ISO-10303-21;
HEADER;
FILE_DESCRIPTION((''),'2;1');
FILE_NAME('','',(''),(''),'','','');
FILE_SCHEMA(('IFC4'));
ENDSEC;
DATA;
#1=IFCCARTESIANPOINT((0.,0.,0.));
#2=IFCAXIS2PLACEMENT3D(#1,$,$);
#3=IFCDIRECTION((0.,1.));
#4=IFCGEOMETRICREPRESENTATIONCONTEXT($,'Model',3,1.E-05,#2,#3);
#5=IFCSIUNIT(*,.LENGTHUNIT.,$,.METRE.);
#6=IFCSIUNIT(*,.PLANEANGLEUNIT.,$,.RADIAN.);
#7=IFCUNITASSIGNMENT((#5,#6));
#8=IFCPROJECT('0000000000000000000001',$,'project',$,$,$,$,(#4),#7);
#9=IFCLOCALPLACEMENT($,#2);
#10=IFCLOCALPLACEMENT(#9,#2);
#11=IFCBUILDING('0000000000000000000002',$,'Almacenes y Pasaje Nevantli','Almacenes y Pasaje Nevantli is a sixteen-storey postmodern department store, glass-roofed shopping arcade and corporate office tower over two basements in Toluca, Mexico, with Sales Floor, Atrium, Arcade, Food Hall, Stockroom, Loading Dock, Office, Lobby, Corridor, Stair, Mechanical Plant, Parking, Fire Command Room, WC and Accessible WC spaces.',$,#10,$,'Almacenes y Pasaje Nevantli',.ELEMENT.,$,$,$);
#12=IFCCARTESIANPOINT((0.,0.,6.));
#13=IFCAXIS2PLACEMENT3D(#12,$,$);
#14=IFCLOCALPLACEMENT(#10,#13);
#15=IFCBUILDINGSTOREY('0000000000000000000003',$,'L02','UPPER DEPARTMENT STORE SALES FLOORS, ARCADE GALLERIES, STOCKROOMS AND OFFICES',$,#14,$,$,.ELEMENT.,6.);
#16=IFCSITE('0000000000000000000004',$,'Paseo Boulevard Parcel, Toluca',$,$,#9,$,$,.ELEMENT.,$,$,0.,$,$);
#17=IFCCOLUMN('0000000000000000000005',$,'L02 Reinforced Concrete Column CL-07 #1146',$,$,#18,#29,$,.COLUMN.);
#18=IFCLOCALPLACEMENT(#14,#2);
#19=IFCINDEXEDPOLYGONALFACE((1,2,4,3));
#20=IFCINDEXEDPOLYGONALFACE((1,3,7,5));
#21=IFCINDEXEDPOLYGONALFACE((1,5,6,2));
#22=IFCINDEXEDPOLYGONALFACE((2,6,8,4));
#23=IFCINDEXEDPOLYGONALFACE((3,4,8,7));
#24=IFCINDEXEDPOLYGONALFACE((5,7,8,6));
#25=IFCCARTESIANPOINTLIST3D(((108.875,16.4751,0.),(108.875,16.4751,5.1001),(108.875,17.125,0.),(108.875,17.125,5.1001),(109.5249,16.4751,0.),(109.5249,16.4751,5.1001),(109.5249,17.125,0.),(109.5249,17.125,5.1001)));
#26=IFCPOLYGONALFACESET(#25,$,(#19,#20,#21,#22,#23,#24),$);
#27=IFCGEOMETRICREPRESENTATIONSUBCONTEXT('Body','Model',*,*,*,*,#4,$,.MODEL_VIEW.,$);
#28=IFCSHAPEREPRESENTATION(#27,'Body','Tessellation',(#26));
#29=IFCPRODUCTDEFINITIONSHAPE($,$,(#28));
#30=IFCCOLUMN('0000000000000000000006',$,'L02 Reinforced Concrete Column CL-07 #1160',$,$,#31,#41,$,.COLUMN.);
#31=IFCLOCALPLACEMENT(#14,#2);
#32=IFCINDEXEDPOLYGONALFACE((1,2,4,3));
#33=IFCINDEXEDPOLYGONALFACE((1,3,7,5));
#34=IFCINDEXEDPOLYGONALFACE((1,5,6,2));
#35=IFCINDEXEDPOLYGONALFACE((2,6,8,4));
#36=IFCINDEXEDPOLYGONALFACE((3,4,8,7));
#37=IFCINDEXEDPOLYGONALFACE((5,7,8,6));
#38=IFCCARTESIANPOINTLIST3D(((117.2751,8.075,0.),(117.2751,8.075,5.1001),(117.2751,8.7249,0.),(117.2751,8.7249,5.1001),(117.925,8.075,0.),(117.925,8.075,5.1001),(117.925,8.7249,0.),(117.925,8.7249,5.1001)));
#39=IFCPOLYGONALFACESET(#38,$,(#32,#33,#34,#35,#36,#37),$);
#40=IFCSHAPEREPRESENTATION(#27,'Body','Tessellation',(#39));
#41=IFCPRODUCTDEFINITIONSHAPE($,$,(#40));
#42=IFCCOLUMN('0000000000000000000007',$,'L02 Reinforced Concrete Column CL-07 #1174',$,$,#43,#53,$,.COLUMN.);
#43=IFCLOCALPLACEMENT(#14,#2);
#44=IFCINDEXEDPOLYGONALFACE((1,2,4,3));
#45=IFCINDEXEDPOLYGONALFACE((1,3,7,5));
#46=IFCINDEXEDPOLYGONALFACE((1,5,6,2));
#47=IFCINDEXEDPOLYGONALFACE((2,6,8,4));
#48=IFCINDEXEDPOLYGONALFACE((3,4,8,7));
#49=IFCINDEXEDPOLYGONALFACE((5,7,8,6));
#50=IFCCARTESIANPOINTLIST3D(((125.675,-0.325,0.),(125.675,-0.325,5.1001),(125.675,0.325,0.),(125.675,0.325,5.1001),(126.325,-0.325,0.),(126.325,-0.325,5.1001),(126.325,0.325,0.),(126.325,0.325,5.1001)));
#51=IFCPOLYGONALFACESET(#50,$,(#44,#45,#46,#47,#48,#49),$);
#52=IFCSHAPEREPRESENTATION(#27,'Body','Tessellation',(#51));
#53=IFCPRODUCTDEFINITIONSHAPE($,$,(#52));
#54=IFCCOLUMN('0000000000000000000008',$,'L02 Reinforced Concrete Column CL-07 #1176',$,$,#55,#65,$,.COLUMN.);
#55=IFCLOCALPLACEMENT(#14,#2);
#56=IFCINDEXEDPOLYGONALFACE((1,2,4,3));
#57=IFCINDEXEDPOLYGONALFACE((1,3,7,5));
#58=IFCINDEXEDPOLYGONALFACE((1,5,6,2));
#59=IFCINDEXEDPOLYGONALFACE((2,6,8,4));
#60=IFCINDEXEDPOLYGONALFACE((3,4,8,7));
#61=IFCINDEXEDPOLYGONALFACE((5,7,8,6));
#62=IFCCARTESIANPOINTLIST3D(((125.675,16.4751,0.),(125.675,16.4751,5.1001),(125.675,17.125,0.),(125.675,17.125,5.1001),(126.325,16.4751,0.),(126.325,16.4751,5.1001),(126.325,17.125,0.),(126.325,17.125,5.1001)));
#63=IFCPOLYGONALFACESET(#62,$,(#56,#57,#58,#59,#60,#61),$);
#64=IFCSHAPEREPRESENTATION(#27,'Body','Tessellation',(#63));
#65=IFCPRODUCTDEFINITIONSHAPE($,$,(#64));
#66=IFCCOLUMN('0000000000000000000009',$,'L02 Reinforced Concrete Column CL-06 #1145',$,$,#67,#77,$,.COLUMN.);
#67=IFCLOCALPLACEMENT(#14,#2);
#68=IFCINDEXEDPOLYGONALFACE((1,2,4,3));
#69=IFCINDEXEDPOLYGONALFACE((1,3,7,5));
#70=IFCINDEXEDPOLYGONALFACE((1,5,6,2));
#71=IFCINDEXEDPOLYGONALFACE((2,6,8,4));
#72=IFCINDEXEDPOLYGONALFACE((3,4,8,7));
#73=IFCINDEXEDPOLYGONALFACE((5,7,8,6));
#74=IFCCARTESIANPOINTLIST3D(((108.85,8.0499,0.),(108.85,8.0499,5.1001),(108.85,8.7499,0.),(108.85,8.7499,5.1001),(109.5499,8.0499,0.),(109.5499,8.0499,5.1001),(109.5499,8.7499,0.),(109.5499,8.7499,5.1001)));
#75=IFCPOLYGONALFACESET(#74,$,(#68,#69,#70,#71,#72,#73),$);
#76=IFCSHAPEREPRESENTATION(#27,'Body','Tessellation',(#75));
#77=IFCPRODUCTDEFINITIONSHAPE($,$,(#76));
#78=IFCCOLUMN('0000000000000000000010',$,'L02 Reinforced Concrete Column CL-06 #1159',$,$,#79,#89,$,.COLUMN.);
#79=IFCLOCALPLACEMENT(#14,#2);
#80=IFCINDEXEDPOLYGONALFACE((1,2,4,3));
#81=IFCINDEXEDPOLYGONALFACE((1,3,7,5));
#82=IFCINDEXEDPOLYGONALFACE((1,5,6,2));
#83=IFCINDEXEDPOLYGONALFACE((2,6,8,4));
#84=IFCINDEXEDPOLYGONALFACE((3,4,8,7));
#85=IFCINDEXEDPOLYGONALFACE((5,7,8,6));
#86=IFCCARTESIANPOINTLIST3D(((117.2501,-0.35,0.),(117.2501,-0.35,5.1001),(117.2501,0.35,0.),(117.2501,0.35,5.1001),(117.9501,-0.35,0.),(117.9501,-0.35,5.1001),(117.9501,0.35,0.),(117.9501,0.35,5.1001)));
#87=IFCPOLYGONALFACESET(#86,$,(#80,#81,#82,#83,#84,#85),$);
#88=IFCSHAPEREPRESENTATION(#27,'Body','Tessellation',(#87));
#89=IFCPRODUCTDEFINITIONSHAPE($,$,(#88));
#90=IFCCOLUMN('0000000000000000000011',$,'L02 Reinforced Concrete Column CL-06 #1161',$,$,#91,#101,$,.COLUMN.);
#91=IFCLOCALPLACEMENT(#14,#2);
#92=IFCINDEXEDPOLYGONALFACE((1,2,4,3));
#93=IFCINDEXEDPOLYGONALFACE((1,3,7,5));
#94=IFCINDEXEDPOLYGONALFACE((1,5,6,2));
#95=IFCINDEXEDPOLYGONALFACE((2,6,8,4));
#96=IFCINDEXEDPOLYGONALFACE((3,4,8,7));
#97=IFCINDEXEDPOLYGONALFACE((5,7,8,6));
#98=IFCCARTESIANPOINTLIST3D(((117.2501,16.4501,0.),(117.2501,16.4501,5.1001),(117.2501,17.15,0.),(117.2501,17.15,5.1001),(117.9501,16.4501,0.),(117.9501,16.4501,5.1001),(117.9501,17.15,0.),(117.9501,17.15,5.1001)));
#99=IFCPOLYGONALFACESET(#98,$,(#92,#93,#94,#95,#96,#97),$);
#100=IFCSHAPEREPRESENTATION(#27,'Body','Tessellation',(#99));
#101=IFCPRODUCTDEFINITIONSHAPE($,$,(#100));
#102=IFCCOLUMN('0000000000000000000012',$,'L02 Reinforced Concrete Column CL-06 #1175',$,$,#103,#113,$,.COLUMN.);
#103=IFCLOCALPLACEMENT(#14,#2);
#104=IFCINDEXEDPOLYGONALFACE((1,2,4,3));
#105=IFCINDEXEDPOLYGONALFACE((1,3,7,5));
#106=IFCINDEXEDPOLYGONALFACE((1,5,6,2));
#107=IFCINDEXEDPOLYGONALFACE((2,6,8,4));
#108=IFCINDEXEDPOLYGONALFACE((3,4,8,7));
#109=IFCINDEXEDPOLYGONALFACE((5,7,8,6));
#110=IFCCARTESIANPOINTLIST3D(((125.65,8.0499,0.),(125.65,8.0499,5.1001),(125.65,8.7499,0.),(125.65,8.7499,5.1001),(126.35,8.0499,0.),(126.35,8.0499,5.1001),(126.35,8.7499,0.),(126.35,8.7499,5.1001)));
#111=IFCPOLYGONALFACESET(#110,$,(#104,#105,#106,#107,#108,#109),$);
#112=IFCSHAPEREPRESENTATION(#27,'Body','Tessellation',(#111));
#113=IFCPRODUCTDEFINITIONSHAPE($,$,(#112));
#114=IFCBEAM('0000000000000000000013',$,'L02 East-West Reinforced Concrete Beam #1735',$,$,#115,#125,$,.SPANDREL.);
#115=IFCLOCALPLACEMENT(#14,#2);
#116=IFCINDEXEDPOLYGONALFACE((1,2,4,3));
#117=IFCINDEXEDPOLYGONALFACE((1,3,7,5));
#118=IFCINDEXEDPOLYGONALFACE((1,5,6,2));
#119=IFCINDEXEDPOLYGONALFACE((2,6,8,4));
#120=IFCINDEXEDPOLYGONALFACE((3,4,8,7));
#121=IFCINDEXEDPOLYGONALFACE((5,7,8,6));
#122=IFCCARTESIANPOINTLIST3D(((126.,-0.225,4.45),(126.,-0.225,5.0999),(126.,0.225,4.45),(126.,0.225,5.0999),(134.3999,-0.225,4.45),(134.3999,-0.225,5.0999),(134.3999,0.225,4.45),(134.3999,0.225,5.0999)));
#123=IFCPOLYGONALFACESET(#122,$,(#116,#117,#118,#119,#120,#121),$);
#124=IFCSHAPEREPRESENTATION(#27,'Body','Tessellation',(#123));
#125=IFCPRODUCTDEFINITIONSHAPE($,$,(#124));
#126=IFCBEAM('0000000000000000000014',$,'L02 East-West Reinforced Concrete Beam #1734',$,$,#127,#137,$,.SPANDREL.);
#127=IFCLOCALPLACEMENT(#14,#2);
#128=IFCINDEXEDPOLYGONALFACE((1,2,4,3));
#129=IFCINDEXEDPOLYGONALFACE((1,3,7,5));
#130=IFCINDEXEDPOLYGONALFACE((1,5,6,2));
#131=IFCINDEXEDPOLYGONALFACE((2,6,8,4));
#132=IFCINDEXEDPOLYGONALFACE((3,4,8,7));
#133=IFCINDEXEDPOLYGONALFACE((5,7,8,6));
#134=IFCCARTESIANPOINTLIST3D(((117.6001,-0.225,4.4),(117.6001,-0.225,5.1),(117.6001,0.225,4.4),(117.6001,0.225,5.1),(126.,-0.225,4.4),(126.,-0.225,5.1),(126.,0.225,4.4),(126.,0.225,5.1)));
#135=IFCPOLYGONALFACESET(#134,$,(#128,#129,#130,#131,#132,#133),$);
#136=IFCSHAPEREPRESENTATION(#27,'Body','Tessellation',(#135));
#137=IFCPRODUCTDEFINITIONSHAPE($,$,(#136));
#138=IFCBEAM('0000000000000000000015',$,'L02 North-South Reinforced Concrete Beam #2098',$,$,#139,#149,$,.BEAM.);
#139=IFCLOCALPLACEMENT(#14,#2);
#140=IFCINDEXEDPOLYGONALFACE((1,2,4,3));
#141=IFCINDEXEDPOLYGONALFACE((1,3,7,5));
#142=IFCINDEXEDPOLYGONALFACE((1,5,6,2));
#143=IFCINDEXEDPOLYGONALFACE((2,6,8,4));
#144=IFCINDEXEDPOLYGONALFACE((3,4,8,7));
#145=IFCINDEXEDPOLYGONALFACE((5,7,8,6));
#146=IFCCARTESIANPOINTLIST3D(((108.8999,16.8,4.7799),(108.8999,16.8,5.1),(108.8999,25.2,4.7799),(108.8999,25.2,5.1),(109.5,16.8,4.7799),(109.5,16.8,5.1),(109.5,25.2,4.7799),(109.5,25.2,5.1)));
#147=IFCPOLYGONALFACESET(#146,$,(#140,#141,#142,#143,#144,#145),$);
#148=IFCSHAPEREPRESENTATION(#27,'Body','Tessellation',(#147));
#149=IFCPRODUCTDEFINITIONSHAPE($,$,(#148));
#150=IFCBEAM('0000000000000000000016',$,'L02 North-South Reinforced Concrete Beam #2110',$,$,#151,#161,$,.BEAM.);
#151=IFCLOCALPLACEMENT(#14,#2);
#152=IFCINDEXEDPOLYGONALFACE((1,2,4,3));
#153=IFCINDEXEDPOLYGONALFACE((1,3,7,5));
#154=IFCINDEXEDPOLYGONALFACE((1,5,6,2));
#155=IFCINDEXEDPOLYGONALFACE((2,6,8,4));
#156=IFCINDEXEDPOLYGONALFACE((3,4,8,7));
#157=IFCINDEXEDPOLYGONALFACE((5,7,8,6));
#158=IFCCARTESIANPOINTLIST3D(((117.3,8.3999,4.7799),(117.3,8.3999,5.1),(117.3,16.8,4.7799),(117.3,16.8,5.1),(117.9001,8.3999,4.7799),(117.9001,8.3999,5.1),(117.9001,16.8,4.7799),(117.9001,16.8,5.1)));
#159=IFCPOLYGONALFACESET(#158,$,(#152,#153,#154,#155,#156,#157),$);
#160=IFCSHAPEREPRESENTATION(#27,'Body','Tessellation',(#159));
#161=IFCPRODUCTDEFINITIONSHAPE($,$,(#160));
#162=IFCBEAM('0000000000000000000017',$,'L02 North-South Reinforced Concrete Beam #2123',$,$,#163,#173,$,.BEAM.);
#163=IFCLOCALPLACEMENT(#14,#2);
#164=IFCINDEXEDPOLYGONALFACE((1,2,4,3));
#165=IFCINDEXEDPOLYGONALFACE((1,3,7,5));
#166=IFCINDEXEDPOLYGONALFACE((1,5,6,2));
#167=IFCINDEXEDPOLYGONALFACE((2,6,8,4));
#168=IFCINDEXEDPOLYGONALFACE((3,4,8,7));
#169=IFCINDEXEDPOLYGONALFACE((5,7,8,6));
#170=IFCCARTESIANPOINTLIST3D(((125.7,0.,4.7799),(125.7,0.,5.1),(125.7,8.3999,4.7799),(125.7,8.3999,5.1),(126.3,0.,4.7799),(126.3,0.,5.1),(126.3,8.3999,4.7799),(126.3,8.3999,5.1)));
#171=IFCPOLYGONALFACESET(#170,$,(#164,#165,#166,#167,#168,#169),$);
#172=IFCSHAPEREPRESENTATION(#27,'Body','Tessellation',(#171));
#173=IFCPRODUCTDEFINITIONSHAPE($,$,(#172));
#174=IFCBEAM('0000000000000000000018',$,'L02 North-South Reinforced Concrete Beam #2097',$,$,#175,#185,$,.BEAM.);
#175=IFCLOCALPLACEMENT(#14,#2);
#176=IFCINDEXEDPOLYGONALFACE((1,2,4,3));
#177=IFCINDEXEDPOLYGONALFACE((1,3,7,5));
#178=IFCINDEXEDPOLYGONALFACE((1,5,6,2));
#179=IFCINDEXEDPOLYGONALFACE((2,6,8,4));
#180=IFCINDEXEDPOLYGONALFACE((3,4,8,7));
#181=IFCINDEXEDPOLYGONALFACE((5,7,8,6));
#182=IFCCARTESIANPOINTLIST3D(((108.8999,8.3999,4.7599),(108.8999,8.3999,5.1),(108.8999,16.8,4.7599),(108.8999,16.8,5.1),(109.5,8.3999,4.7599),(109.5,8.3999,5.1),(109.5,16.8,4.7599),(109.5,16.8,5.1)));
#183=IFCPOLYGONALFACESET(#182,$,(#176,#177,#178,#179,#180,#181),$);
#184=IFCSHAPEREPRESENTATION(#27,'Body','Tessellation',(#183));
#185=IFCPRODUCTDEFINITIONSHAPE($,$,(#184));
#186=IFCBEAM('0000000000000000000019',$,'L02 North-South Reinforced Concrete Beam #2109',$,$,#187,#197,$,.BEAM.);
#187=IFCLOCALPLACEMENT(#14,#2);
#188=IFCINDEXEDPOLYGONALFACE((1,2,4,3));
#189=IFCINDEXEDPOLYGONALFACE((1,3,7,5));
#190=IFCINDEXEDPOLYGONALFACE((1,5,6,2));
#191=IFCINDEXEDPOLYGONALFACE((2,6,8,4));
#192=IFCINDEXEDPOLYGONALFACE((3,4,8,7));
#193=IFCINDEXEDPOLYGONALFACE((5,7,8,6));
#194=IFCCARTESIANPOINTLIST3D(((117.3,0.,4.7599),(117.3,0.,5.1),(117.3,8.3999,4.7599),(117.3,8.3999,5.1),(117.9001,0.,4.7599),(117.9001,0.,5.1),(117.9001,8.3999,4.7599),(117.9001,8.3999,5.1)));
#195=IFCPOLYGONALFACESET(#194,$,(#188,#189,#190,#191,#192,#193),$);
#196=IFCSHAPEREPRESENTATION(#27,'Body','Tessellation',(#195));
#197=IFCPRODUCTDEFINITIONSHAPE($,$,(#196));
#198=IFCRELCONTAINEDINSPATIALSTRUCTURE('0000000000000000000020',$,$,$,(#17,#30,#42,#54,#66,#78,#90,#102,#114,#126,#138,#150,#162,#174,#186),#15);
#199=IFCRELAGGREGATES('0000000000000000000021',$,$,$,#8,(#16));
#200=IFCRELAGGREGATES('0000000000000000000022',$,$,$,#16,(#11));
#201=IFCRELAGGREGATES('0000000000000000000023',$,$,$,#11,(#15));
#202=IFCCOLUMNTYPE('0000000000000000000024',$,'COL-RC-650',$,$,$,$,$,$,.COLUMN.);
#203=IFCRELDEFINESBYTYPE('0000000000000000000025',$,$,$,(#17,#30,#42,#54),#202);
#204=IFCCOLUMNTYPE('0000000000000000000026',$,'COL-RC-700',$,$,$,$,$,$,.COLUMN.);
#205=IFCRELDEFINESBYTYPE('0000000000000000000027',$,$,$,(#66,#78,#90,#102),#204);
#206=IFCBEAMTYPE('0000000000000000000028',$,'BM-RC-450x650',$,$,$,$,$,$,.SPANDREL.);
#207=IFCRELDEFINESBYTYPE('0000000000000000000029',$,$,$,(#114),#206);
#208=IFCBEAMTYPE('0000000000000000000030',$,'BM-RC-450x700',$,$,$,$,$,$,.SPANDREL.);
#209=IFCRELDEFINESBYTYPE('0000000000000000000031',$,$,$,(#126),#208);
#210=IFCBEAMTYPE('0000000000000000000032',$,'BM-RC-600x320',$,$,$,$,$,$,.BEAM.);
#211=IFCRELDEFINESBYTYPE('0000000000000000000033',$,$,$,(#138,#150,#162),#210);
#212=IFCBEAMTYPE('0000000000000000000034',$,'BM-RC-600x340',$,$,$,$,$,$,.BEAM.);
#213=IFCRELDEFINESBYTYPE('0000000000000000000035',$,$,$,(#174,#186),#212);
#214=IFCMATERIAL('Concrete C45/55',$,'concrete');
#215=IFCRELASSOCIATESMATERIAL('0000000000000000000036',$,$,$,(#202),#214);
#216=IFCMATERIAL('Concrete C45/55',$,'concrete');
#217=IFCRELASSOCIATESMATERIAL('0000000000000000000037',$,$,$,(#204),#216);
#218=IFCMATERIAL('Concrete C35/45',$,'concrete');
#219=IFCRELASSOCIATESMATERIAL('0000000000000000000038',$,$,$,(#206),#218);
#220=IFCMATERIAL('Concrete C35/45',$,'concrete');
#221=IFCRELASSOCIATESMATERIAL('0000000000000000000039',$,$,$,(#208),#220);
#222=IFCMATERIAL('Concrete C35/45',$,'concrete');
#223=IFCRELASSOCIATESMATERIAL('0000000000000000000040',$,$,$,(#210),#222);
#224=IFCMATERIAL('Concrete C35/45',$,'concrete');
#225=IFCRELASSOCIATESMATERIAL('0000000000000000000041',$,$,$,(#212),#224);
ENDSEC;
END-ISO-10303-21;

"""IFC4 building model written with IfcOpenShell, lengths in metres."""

from ifc_helpers import new_model, si_unit, direction, frame, origin, origin_2d, place, context, subcontext, project, spatial, rectangle, extrude, material, material_profile, profile_set, type_object, element, save


model = new_model("IFC4")

# Units and contexts
model_context = context("Model", 3, precision=1e-05, world=origin(), true_north=direction((0.0, 1.0)))
body_context = subcontext(model_context, "Body", "Model", "MODEL_VIEW")
ifc_project = project(units=[si_unit("LENGTHUNIT", "METRE"), si_unit("PLANEANGLEUNIT", "RADIAN")], contexts=[model_context])

# Site, building, storey
site_placement = place(None, origin())
site = spatial("IfcSite", under=ifc_project, at=site_placement, Name="Paseo Boulevard Parcel, Toluca", CompositionType="ELEMENT", RefElevation=0.0)
building_placement = place(site_placement, origin())
building = spatial("IfcBuilding", under=site, at=building_placement, Name="Almacenes y Pasaje Nevantli", Description="Almacenes y Pasaje Nevantli is a sixteen-storey postmodern department store, glass-roofed shopping arcade and corporate office tower over two basements in Toluca, Mexico, with Sales Floor, Atrium, Arcade, Food Hall, Stockroom, Loading Dock, Office, Lobby, Corridor, Stair, Mechanical Plant, Parking, Fire Command Room, WC and Accessible WC spaces.", LongName="Almacenes y Pasaje Nevantli", CompositionType="ELEMENT")
storey_placement = place(building_placement, frame((0.0, 0.0, 6.0)))
storey = spatial("IfcBuildingStorey", under=building, at=storey_placement, Name="L02", Description="UPPER DEPARTMENT STORE SALES FLOORS, ARCADE GALLERIES, STOCKROOMS AND OFFICES", CompositionType="ELEMENT", Elevation=6.0)

# Columns
ifc_material_1 = material(Name="Concrete C45/55", Category="concrete")
ifc_material_profile_1 = material_profile(ifc_material_1, rectangle(XDim=0.6499, YDim=0.6499, at=origin_2d()), Name="RC-COL-650x650")
ifc_profile_set_1 = profile_set([ifc_material_profile_1], Name="Concrete C45/55")
column_type_1 = type_object("IfcColumnType", Name="COL-RC-650", PredefinedType="COLUMN", material=ifc_profile_set_1)
for number, where, z_axis, x_axis, name in (
    (1, (109.2, 16.8, 0.0), (0.0, 0.0, 1.0), (1.0, 0.0, 0.0), "L02 Reinforced Concrete Column CL-07 #1146"),
    (2, (117.6001, 8.3999, 0.0), (0.0, 0.0, 1.0), (1.0, 0.0, 0.0), "L02 Reinforced Concrete Column CL-07 #1160"),
    (3, (126.0, 0.0, 0.0), (0.0, 0.0, 1.0), (1.0, 0.0, 0.0), "L02 Reinforced Concrete Column CL-07 #1174"),
    (4, (126.0, 16.8, 0.0), (0.0, 0.0, 1.0), (1.0, 0.0, 0.0), "L02 Reinforced Concrete Column CL-07 #1176"),
):
    element("IfcColumn", number, at=place(storey_placement, frame(where, z_axis=z_axis, x_axis=x_axis)), inside=storey, type_object=column_type_1, Name=name, PredefinedType="COLUMN", context=body_context, shape_type="SweptSolid", body=[
        extrude(rectangle(XDim=0.6499, YDim=0.6499, at=origin_2d()), origin(), (0.0, 0.0, 1.0), 5.1001),
    ])
ifc_material_2 = material(Name="Concrete C45/55", Category="concrete")
ifc_material_profile_2 = material_profile(ifc_material_2, rectangle(XDim=0.7, YDim=0.7, at=origin_2d()), Name="RC-COL-700x700")
ifc_profile_set_2 = profile_set([ifc_material_profile_2], Name="Concrete C45/55")
column_type_2 = type_object("IfcColumnType", Name="COL-RC-700", PredefinedType="COLUMN", material=ifc_profile_set_2)
for number, where, z_axis, x_axis, name in (
    (5, (109.2, 8.3999, 0.0), (0.0, 0.0, 1.0), (1.0, 0.0, 0.0), "L02 Reinforced Concrete Column CL-06 #1145"),
    (6, (117.6001, 0.0, 0.0), (0.0, 0.0, 1.0), (1.0, 0.0, 0.0), "L02 Reinforced Concrete Column CL-06 #1159"),
    (7, (117.6001, 16.8, 0.0), (0.0, 0.0, 1.0), (1.0, 0.0, 0.0), "L02 Reinforced Concrete Column CL-06 #1161"),
    (8, (126.0, 8.3999, 0.0), (0.0, 0.0, 1.0), (1.0, 0.0, 0.0), "L02 Reinforced Concrete Column CL-06 #1175"),
):
    element("IfcColumn", number, at=place(storey_placement, frame(where, z_axis=z_axis, x_axis=x_axis)), inside=storey, type_object=column_type_2, Name=name, PredefinedType="COLUMN", context=body_context, shape_type="SweptSolid", body=[
        extrude(rectangle(XDim=0.7, YDim=0.7, at=origin_2d()), origin(), (0.0, 0.0, 1.0), 5.1001),
    ])

# Beams
ifc_material_3 = material(Name="Concrete C35/45", Category="concrete")
ifc_material_profile_3 = material_profile(ifc_material_3, rectangle(XDim=0.45, YDim=0.6499, at=origin_2d()), Name="RC-BM-450x650")
ifc_profile_set_3 = profile_set([ifc_material_profile_3], Name="Concrete C35/45")
beam_type_1 = type_object("IfcBeamType", Name="BM-RC-450x650", PredefinedType="SPANDREL", material=ifc_profile_set_3)
beam_1_placement = place(storey_placement, frame((126.0, 0.0, 4.7749), z_axis=(1.0, 0.0, 0.0), x_axis=(0.0, 1.0, 0.0)))
element("IfcBeam", 9, at=beam_1_placement, inside=storey, type_object=beam_type_1, Name="L02 East-West Reinforced Concrete Beam #1735", PredefinedType="SPANDREL", context=body_context, shape_type="SweptSolid", body=[
    extrude(rectangle(XDim=0.45, YDim=0.6499, at=origin_2d()), origin(), (0.0, 0.0, 1.0), 8.3999),
])
ifc_material_4 = material(Name="Concrete C35/45", Category="concrete")
ifc_material_profile_4 = material_profile(ifc_material_4, rectangle(XDim=0.45, YDim=0.7, at=origin_2d()), Name="RC-BM-450x700")
ifc_profile_set_4 = profile_set([ifc_material_profile_4], Name="Concrete C35/45")
beam_type_2 = type_object("IfcBeamType", Name="BM-RC-450x700", PredefinedType="SPANDREL", material=ifc_profile_set_4)
beam_2_placement = place(storey_placement, frame((117.6001, 0.0, 4.75), z_axis=(1.0, 0.0, 0.0), x_axis=(0.0, 1.0, 0.0)))
element("IfcBeam", 10, at=beam_2_placement, inside=storey, type_object=beam_type_2, Name="L02 East-West Reinforced Concrete Beam #1734", PredefinedType="SPANDREL", context=body_context, shape_type="SweptSolid", body=[
    extrude(rectangle(XDim=0.45, YDim=0.7, at=origin_2d()), origin(), (0.0, 0.0, 1.0), 8.3999),
])
ifc_material_5 = material(Name="Concrete C35/45", Category="concrete")
ifc_material_profile_5 = material_profile(ifc_material_5, rectangle(XDim=0.6001, YDim=0.3201, at=origin_2d()), Name="RC-BM-600x320")
ifc_profile_set_5 = profile_set([ifc_material_profile_5], Name="Concrete C35/45")
beam_type_3 = type_object("IfcBeamType", Name="BM-RC-600x320", PredefinedType="BEAM", material=ifc_profile_set_5)
beam_3_placement = place(storey_placement, frame((109.2, 16.8, 4.9399), z_axis=(0.0, 1.0, 0.0), x_axis=(-1.0, 0.0, 0.0)))
element("IfcBeam", 11, at=beam_3_placement, inside=storey, type_object=beam_type_3, Name="L02 North-South Reinforced Concrete Beam #2098", PredefinedType="BEAM", context=body_context, shape_type="SweptSolid", body=[
    extrude(rectangle(XDim=0.6001, YDim=0.3201, at=origin_2d()), origin(), (0.0, 0.0, 1.0), 8.3999),
])
beam_4_placement = place(storey_placement, frame((117.6001, 8.3999, 4.9399), z_axis=(0.0, 1.0, 0.0), x_axis=(-1.0, 0.0, 0.0)))
element("IfcBeam", 12, at=beam_4_placement, inside=storey, type_object=beam_type_3, Name="L02 North-South Reinforced Concrete Beam #2110", PredefinedType="BEAM", context=body_context, shape_type="SweptSolid", body=[
    extrude(rectangle(XDim=0.6001, YDim=0.3201, at=origin_2d()), origin(), (0.0, 0.0, 1.0), 8.4001),
])
beam_5_placement = place(storey_placement, frame((126.0, 0.0, 4.9399), z_axis=(0.0, 1.0, 0.0), x_axis=(-1.0, 0.0, 0.0)))
element("IfcBeam", 13, at=beam_5_placement, inside=storey, type_object=beam_type_3, Name="L02 North-South Reinforced Concrete Beam #2123", PredefinedType="BEAM", context=body_context, shape_type="SweptSolid", body=[
    extrude(rectangle(XDim=0.6001, YDim=0.3201, at=origin_2d()), origin(), (0.0, 0.0, 1.0), 8.3999),
])
ifc_material_6 = material(Name="Concrete C35/45", Category="concrete")
ifc_material_profile_6 = material_profile(ifc_material_6, rectangle(XDim=0.6001, YDim=0.3401, at=origin_2d()), Name="RC-BM-600x340")
ifc_profile_set_6 = profile_set([ifc_material_profile_6], Name="Concrete C35/45")
beam_type_4 = type_object("IfcBeamType", Name="BM-RC-600x340", PredefinedType="BEAM", material=ifc_profile_set_6)
beam_6_placement = place(storey_placement, frame((109.2, 8.3999, 4.9299), z_axis=(0.0, 1.0, 0.0), x_axis=(-1.0, 0.0, 0.0)))
element("IfcBeam", 14, at=beam_6_placement, inside=storey, type_object=beam_type_4, Name="L02 North-South Reinforced Concrete Beam #2097", PredefinedType="BEAM", context=body_context, shape_type="SweptSolid", body=[
    extrude(rectangle(XDim=0.6001, YDim=0.3401, at=origin_2d()), origin(), (0.0, 0.0, 1.0), 8.4001),
])
for number, where, z_axis, x_axis, name in (
    (15, (117.6001, 0.0, 4.9299), (0.0, 1.0, 0.0), (-1.0, 0.0, 0.0), "L02 North-South Reinforced Concrete Beam #2109"),
):
    element("IfcBeam", number, at=place(storey_placement, frame(where, z_axis=z_axis, x_axis=x_axis)), inside=storey, type_object=beam_type_4, Name=name, PredefinedType="BEAM", context=body_context, shape_type="SweptSolid", body=[
        extrude(rectangle(XDim=0.6001, YDim=0.3401, at=origin_2d()), origin(), (0.0, 0.0, 1.0), 8.3999),
    ])

save(model, "model.ifc")
